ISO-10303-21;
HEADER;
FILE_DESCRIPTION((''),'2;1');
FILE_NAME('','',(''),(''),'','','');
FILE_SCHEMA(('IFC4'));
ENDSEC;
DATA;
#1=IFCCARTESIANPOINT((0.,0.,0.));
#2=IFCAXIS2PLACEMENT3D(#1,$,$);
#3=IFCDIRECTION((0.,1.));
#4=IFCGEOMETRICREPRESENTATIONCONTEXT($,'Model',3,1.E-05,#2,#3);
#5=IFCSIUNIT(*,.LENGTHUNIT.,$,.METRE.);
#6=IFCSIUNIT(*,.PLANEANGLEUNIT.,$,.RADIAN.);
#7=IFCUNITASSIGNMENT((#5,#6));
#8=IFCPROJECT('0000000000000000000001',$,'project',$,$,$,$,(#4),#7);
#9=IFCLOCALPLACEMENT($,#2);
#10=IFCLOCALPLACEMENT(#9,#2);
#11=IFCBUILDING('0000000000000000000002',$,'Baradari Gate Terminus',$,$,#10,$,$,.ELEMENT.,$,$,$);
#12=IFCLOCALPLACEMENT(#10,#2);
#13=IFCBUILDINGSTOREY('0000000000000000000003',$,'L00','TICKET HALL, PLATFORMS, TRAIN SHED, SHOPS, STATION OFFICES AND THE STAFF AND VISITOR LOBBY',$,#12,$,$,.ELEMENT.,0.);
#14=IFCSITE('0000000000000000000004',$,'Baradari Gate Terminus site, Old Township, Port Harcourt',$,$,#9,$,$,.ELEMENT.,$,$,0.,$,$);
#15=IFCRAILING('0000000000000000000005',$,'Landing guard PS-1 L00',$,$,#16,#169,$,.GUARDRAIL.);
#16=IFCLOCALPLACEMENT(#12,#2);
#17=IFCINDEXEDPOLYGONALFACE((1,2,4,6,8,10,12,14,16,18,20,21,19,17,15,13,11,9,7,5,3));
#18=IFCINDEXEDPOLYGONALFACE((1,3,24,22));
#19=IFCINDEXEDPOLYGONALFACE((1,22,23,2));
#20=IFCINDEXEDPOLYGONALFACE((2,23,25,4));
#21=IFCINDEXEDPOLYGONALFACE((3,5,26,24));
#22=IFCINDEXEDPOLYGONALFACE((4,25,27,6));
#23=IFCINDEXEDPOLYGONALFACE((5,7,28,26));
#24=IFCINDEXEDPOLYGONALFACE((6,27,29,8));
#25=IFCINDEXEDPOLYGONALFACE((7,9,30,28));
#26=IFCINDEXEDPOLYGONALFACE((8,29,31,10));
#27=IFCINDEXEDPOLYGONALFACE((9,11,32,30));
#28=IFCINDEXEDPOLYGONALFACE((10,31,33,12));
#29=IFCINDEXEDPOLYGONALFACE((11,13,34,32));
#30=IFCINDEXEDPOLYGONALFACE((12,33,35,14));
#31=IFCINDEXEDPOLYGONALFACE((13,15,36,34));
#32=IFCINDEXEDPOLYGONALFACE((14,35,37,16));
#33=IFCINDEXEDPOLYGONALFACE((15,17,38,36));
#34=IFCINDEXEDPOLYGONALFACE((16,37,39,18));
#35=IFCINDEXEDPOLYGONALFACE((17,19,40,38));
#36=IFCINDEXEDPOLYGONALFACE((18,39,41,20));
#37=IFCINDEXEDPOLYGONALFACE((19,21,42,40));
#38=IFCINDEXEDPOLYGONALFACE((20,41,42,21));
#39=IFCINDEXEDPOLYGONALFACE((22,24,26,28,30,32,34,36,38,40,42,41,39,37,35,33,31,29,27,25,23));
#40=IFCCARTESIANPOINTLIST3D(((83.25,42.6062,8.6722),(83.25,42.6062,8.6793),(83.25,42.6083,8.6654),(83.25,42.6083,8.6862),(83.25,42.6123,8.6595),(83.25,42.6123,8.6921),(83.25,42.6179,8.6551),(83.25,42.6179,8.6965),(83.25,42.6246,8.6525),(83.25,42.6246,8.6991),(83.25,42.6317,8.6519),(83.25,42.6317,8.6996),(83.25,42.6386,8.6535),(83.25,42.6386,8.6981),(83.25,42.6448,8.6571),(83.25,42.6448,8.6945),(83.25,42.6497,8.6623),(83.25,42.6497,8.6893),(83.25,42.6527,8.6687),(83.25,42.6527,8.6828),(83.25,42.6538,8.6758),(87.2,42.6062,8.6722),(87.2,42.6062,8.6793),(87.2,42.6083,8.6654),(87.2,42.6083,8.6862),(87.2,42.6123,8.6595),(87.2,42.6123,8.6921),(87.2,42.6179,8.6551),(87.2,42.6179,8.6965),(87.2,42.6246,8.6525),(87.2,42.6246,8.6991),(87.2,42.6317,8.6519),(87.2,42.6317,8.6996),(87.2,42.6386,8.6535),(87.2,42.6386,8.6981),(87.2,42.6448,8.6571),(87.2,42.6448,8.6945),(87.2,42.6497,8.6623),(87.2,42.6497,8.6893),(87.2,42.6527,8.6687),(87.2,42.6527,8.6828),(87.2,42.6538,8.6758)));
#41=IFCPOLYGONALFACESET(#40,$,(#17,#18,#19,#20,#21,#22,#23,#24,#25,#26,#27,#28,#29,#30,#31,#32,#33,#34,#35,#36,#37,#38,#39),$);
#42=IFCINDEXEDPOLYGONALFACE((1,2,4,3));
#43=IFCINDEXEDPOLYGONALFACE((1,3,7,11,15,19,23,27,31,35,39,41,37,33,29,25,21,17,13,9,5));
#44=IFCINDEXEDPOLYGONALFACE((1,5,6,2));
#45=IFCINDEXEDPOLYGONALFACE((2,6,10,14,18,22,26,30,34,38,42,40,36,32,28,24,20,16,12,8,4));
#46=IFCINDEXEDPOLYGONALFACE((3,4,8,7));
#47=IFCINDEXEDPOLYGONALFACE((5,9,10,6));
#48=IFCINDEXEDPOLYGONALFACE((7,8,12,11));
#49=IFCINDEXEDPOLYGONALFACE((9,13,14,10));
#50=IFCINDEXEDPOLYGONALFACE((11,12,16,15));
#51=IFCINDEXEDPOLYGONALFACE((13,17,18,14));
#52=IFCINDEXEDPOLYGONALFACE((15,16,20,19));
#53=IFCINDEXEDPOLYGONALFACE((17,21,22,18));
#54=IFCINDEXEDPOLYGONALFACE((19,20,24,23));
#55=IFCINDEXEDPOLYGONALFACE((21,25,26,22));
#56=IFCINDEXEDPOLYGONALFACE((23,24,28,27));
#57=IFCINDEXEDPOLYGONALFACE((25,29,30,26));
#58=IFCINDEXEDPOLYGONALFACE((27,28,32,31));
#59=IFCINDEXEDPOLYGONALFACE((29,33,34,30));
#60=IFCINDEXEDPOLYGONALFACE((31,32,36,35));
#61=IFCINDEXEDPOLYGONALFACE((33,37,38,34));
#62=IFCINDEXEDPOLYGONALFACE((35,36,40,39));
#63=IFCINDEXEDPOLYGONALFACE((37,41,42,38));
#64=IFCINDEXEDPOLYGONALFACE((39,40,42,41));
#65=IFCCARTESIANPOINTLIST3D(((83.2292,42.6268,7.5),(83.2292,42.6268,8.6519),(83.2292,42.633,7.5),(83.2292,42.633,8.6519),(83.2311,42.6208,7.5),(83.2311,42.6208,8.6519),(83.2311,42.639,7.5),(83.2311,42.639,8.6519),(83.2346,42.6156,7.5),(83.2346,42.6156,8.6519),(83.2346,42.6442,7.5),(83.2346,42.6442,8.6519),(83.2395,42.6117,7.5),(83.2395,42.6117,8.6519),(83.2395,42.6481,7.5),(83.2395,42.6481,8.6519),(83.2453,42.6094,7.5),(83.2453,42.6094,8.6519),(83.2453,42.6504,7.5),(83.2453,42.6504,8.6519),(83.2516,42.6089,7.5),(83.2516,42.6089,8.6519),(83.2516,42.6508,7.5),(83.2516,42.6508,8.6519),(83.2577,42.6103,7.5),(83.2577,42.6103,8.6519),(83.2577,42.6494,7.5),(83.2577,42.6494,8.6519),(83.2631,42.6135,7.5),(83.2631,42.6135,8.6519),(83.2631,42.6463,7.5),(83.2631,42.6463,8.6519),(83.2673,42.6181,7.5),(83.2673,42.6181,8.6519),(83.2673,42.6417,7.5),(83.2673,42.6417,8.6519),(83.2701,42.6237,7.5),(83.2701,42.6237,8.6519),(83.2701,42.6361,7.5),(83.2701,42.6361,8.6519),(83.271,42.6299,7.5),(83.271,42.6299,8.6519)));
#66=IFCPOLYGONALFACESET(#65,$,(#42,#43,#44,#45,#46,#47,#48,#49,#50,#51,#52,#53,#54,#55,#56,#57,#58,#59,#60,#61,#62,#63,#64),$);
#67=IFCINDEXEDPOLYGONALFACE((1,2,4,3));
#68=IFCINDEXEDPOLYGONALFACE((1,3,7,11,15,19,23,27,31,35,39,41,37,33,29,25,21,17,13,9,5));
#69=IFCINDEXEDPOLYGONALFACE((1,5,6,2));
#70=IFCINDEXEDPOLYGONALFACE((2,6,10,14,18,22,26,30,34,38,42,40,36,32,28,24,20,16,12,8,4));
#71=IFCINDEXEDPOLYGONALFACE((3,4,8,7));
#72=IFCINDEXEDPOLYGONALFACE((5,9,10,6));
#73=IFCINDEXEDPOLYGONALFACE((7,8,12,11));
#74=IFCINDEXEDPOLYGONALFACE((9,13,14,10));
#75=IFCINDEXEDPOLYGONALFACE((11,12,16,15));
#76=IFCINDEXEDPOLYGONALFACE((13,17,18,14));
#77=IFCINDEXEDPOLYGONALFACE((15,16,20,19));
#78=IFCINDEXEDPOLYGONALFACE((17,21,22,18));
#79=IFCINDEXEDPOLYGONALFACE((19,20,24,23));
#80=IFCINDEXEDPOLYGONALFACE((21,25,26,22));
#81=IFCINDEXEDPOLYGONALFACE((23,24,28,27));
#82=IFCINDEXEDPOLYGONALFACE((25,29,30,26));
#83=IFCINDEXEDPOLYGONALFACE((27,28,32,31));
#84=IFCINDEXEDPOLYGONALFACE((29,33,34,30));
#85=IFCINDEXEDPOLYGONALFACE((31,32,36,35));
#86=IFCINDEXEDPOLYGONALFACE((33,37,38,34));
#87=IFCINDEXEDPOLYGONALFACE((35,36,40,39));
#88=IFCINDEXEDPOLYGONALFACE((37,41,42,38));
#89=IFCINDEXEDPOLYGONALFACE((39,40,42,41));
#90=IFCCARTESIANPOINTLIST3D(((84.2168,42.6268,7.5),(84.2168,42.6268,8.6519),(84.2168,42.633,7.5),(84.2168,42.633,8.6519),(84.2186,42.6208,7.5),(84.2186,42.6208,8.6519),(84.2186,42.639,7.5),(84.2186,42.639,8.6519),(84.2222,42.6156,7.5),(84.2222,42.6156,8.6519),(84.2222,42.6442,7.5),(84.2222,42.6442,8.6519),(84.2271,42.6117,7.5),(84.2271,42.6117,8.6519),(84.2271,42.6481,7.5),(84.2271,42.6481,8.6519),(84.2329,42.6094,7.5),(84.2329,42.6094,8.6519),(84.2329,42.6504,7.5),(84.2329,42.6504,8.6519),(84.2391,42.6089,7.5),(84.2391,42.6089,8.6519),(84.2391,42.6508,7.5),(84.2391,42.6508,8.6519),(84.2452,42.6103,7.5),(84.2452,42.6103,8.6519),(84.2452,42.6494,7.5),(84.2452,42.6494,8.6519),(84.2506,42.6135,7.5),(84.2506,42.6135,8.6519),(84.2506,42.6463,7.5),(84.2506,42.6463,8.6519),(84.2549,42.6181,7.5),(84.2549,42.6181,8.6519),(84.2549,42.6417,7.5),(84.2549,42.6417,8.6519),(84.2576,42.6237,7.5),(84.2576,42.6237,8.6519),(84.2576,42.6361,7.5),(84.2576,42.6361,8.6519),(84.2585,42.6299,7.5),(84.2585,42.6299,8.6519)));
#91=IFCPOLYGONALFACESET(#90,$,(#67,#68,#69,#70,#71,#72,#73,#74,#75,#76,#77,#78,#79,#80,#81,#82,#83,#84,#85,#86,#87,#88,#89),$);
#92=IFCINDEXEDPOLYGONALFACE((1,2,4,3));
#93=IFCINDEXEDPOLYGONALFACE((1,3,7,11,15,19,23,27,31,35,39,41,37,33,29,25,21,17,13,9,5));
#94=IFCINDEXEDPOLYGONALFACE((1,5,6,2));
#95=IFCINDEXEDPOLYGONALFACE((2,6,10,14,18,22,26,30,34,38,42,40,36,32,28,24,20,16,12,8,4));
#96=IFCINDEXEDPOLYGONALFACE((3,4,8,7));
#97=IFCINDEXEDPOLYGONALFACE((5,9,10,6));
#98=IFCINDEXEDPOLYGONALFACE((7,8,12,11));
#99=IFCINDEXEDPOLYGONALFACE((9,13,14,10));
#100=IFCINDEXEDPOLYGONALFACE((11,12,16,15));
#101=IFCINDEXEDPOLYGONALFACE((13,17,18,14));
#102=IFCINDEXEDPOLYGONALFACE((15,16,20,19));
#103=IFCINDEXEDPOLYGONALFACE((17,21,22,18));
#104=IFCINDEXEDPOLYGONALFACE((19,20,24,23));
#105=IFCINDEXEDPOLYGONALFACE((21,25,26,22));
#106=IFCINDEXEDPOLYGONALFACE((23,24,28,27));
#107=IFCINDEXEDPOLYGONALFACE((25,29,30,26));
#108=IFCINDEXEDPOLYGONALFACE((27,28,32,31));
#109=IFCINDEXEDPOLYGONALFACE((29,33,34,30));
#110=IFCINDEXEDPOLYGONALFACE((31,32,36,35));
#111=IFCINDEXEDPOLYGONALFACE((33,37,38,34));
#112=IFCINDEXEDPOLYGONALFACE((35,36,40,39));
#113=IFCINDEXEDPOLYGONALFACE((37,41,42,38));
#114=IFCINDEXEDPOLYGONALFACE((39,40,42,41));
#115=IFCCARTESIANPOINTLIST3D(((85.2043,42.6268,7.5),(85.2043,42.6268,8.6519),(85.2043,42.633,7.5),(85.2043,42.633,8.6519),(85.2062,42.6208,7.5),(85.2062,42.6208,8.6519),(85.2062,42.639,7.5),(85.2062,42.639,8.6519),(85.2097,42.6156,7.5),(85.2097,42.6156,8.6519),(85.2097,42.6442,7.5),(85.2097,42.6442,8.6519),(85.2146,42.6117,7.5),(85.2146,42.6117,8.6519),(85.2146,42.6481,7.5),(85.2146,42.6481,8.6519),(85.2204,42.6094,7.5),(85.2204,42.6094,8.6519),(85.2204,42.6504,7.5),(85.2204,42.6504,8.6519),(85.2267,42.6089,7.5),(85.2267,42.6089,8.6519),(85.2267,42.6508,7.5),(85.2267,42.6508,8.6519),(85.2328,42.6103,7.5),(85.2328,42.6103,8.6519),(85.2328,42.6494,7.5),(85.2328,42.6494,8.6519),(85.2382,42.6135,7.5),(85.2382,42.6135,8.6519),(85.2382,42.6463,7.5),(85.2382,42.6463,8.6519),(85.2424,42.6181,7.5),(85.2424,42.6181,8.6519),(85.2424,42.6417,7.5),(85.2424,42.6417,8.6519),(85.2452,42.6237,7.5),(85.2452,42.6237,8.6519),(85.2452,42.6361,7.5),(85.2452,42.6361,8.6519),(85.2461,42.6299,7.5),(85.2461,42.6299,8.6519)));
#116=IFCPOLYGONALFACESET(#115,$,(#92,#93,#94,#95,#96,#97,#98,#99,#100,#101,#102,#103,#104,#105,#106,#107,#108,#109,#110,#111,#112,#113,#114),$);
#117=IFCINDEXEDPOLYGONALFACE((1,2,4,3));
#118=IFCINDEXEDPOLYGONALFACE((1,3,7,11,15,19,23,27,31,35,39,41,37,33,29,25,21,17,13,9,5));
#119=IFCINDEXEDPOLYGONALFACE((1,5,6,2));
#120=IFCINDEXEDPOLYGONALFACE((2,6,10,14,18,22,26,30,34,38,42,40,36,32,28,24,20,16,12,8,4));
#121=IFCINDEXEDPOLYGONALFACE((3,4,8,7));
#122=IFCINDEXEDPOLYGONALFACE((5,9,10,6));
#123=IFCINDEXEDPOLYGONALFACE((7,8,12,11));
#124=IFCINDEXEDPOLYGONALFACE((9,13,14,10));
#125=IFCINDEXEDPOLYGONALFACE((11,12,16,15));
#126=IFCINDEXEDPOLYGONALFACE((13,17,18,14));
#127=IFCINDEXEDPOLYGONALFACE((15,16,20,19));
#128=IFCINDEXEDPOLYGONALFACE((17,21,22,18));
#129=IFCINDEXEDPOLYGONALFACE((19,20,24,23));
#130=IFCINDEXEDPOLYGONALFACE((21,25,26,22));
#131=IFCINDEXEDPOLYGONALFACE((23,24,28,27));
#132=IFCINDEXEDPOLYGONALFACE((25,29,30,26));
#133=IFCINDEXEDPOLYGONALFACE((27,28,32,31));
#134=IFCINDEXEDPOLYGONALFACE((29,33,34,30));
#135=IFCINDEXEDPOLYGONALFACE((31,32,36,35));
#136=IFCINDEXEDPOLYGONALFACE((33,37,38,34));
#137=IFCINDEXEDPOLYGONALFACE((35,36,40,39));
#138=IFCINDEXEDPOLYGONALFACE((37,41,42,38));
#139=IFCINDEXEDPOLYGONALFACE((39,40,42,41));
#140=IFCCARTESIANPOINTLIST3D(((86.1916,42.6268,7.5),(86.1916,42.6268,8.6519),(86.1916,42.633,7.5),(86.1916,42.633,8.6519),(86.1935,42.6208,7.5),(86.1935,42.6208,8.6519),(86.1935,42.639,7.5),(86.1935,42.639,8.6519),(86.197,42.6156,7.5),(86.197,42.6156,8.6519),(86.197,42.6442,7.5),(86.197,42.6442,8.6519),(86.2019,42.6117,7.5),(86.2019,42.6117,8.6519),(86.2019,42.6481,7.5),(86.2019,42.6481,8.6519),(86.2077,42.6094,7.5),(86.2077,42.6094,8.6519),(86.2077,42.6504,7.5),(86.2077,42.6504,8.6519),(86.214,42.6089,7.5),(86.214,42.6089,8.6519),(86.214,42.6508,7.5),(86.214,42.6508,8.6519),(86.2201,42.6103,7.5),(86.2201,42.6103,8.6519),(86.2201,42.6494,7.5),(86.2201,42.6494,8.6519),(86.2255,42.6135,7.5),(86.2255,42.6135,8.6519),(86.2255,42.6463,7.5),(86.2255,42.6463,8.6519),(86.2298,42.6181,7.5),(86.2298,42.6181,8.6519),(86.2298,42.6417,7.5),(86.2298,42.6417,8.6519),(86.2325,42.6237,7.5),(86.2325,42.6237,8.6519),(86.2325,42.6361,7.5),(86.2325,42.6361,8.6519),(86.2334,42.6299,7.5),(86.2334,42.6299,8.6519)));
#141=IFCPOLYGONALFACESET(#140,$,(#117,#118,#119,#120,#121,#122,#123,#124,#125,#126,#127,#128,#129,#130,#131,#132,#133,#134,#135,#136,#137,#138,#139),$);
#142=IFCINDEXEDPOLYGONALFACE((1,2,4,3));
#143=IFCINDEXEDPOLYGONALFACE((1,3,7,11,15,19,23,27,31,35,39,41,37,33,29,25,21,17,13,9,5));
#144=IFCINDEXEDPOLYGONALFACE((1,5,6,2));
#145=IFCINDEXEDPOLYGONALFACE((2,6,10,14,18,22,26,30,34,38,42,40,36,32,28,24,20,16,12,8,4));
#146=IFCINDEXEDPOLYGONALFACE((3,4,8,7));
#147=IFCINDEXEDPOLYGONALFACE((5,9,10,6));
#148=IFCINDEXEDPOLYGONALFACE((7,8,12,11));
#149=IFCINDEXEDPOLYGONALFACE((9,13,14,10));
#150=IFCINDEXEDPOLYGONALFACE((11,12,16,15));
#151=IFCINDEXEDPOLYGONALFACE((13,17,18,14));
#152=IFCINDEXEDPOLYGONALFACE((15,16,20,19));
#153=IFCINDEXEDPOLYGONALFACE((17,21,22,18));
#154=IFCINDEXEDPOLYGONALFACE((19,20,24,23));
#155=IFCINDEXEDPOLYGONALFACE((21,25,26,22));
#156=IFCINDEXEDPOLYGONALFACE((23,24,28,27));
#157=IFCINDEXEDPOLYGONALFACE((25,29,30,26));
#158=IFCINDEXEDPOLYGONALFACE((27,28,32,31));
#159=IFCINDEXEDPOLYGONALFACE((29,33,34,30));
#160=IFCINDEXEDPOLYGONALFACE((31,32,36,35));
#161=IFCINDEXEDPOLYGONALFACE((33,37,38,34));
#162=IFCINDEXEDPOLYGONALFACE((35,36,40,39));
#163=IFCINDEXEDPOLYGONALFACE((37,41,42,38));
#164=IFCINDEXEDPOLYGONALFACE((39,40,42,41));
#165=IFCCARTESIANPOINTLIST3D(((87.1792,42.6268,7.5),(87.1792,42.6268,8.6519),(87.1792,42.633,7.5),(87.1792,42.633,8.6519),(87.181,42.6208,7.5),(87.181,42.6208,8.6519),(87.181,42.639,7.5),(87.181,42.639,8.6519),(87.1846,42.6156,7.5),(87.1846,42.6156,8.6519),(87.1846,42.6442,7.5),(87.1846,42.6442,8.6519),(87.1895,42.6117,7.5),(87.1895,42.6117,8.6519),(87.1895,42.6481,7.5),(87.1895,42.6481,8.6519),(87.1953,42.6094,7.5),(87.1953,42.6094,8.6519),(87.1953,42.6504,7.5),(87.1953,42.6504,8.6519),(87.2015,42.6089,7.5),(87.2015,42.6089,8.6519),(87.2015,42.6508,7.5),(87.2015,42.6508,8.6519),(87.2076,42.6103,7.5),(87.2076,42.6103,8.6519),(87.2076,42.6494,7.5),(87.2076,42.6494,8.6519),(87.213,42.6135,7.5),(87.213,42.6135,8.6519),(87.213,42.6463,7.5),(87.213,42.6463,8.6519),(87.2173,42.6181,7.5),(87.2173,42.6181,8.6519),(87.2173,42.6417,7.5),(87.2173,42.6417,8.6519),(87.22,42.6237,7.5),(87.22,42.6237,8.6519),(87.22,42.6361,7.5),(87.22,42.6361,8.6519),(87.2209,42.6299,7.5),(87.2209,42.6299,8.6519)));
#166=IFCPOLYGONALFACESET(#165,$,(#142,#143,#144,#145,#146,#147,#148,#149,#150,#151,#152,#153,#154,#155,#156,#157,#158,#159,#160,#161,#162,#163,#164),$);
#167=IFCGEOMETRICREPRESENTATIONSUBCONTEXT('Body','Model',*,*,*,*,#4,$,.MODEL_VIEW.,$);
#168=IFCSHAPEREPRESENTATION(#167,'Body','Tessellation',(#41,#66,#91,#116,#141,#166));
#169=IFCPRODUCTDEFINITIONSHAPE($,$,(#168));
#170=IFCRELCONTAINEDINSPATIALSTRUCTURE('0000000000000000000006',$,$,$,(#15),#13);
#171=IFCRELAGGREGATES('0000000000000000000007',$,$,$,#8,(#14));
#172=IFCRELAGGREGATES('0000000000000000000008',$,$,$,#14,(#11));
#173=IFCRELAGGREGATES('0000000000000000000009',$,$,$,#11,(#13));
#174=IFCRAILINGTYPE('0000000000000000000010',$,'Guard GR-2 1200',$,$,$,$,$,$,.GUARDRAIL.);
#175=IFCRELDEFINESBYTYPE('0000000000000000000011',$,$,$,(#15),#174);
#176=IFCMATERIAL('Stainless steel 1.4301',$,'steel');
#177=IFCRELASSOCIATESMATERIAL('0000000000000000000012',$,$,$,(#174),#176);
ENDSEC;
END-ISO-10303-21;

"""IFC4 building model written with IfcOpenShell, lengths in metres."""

from ifc_helpers import new_model, si_unit, direction, frame, origin, origin_2d, place, context, subcontext, project, spatial, circle, extrude, material, type_object, element, save


model = new_model("IFC4")

# Units and contexts
model_context = context("Model", 3, precision=1e-05, world=origin(), true_north=direction((0.0, 1.0)))
body_context = subcontext(model_context, "Body", "Model", "MODEL_VIEW")
ifc_project = project(units=[si_unit("LENGTHUNIT", "METRE"), si_unit("PLANEANGLEUNIT", "RADIAN")], contexts=[model_context])

# Site, building, storey
site_placement = place(None, origin())
site = spatial("IfcSite", under=ifc_project, at=site_placement, Name="Baradari Gate Terminus site, Old Township, Port Harcourt", CompositionType="ELEMENT", RefElevation=0.0)
building_placement = place(site_placement, origin())
building = spatial("IfcBuilding", under=site, at=building_placement, Name="Baradari Gate Terminus", CompositionType="ELEMENT")
storey_placement = place(building_placement, origin())
storey = spatial("IfcBuildingStorey", under=building, at=storey_placement, Name="L00", Description="TICKET HALL, PLATFORMS, TRAIN SHED, SHOPS, STATION OFFICES AND THE STAFF AND VISITOR LOBBY", CompositionType="ELEMENT", Elevation=0.0)

# Railing
ifc_material_1 = material(Name="Stainless steel 1.4301", Category="steel")
railing_type_1 = type_object("IfcRailingType", Name="Guard GR-2 1200", PredefinedType="GUARDRAIL", material=ifc_material_1)
railing_1_placement = place(storey_placement, frame((83.25, 42.6299, 7.5)))
element("IfcRailing", 1, at=railing_1_placement, inside=storey, type_object=railing_type_1, Name="Landing guard PS-1 L00", PredefinedType="GUARDRAIL", context=body_context, shape_type="SweptSolid", body=[
    extrude(circle(Radius=0.0239, at=origin_2d()), frame((0.0, 0.0, 1.1758), z_axis=(1.0, 0.0, 0.0), x_axis=(0.0, 1.0, 0.0)), (0.0, 0.0, 1.0), 3.95),
    extrude(circle(Radius=0.021, at=origin_2d()), origin(), (0.0, 0.0, 1.0), 1.1519),
    extrude(circle(Radius=0.021, at=origin_2d()), frame((0.9875, 0.0, 0.0)), (0.0, 0.0, 1.0), 1.1519),
    extrude(circle(Radius=0.021, at=origin_2d()), frame((1.9751, 0.0, 0.0)), (0.0, 0.0, 1.0), 1.1519),
    extrude(circle(Radius=0.021, at=origin_2d()), frame((2.9624, 0.0, 0.0)), (0.0, 0.0, 1.0), 1.1519),
    extrude(circle(Radius=0.021, at=origin_2d()), frame((3.95, 0.0, 0.0)), (0.0, 0.0, 1.0), 1.1519),
])

save(model, "model.ifc")
